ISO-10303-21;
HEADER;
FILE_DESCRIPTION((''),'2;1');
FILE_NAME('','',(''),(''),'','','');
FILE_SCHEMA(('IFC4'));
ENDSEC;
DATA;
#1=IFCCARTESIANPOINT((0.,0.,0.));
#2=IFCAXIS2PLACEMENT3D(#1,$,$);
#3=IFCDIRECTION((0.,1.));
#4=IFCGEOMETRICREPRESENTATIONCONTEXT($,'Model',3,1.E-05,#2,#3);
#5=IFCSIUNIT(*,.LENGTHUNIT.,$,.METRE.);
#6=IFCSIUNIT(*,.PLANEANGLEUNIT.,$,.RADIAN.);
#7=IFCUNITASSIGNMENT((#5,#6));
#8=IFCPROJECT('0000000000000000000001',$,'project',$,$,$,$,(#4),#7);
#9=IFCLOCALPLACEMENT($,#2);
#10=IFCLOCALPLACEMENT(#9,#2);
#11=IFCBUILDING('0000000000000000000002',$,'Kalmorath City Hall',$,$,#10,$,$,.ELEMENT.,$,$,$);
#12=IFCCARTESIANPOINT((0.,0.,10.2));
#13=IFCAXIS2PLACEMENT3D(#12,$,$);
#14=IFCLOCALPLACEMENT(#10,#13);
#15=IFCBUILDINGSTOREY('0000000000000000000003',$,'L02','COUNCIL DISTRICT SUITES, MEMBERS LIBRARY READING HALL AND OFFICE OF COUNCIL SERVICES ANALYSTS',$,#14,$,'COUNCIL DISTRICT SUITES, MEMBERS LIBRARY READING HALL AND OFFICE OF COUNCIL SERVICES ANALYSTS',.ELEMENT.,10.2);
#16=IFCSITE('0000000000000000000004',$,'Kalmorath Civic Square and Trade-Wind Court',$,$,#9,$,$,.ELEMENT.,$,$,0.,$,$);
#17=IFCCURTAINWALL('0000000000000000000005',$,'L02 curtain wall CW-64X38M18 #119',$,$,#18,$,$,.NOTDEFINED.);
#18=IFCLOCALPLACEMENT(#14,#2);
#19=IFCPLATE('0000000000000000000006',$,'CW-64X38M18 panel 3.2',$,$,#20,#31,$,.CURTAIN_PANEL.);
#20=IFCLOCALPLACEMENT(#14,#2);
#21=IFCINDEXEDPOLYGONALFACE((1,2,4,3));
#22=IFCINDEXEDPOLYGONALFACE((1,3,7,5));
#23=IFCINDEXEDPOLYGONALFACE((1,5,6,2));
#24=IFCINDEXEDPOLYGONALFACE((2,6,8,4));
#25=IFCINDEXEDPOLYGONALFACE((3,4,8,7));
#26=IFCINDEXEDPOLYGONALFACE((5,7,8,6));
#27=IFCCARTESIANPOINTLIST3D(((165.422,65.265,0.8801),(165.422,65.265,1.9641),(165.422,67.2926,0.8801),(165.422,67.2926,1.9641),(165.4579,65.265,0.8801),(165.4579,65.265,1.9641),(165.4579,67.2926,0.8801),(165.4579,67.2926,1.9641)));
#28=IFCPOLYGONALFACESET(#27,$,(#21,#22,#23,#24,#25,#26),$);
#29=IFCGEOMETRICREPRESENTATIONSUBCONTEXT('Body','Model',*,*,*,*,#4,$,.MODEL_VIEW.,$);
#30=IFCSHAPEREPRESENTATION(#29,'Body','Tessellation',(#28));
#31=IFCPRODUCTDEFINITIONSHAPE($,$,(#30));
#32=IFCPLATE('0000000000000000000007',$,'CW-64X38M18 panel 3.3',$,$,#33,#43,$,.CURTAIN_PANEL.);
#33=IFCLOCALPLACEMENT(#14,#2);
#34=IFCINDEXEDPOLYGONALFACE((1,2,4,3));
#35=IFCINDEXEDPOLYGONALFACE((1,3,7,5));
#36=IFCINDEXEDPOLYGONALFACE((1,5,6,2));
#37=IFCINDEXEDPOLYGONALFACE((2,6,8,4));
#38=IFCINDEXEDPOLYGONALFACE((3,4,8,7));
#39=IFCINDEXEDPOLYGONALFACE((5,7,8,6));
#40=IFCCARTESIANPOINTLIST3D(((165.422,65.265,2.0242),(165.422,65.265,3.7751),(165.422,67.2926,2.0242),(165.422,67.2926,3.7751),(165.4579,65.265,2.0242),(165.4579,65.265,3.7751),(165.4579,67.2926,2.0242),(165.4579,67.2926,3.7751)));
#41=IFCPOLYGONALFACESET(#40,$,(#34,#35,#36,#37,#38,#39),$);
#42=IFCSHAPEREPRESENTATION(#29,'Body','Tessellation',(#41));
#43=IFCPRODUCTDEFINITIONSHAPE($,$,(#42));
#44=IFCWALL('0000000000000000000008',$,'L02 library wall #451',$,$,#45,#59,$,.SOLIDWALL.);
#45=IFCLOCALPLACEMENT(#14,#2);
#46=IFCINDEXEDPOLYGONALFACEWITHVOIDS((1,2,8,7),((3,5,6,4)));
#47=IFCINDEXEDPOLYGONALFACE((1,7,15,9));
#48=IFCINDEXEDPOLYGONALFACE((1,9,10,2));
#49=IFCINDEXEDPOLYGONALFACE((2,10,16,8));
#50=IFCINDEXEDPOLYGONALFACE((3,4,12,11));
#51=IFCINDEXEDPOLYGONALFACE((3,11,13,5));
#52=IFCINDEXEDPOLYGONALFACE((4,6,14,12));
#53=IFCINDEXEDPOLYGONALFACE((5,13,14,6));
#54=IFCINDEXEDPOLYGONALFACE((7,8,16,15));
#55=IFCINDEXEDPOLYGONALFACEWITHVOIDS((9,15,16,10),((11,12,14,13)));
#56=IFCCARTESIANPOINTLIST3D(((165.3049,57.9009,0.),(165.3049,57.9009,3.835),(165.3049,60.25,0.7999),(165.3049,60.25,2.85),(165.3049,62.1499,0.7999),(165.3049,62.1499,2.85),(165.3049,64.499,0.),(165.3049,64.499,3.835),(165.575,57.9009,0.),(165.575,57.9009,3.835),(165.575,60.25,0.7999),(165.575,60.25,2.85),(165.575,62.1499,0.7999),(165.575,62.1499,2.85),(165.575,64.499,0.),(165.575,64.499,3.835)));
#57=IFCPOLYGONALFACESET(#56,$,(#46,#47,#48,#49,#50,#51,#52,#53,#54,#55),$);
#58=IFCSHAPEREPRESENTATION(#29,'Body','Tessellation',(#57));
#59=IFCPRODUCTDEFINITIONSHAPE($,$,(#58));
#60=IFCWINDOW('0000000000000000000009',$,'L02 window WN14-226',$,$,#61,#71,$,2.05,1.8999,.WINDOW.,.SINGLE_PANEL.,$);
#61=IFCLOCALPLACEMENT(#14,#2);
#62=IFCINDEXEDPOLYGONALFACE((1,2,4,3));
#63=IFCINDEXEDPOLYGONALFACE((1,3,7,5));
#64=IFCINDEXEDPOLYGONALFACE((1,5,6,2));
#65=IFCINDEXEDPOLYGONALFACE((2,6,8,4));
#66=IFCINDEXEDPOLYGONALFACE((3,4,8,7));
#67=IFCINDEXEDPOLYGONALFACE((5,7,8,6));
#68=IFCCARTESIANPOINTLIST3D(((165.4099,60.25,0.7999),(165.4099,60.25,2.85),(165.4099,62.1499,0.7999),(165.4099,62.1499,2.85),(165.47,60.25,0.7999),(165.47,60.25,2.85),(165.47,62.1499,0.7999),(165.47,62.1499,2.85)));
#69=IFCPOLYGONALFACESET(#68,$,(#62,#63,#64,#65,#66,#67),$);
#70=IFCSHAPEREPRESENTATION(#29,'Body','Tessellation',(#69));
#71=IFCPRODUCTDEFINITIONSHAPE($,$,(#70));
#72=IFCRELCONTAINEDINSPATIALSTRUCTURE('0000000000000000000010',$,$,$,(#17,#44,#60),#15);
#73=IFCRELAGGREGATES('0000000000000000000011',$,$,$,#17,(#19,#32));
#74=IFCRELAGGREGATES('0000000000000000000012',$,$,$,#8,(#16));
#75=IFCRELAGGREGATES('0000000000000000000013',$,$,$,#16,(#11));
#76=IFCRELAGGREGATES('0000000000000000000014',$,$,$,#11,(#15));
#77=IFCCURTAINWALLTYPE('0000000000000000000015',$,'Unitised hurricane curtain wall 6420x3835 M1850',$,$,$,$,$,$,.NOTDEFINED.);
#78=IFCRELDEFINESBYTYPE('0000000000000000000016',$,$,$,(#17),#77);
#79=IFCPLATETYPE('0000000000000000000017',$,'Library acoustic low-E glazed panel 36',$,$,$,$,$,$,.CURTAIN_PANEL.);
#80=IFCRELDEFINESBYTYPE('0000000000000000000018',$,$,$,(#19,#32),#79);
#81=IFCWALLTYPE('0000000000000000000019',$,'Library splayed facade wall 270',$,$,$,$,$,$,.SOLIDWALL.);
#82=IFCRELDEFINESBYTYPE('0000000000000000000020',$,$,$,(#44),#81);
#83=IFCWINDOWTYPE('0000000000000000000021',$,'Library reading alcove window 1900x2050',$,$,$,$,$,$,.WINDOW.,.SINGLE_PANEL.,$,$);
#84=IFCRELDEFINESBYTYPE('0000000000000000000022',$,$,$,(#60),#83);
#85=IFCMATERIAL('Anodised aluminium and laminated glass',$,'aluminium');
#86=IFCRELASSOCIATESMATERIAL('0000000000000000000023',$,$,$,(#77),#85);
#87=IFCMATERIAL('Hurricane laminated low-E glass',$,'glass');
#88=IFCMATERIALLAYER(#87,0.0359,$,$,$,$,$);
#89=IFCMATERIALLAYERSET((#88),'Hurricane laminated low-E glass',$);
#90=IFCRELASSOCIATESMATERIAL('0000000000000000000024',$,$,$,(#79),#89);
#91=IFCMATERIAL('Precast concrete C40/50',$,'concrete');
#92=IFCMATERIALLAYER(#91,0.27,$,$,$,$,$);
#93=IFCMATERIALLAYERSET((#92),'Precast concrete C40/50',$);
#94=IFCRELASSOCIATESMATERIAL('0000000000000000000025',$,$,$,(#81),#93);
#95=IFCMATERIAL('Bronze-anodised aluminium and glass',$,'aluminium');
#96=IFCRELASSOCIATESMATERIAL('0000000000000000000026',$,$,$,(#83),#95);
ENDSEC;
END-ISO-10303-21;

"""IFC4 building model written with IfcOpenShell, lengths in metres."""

from ifc_helpers import new_model, si_unit, direction, frame, frame_2d, origin, origin_2d, place, context, subcontext, project, spatial, rectangle, extrude, material, layer, layer_set, type_object, element, fill, aggregate, save


model = new_model("IFC4")

# Units and contexts
model_context = context("Model", 3, precision=1e-05, world=origin(), true_north=direction((0.0, 1.0)))
body_context = subcontext(model_context, "Body", "Model", "MODEL_VIEW")
ifc_project = project(units=[si_unit("LENGTHUNIT", "METRE"), si_unit("PLANEANGLEUNIT", "RADIAN")], contexts=[model_context])

# Site, building, storey
site_placement = place(None, origin())
site = spatial("IfcSite", under=ifc_project, at=site_placement, Name="Kalmorath Civic Square and Trade-Wind Court", CompositionType="ELEMENT", RefElevation=0.0)
building_placement = place(site_placement, origin())
building = spatial("IfcBuilding", under=site, at=building_placement, Name="Kalmorath City Hall", CompositionType="ELEMENT")
storey_placement = place(building_placement, frame((0.0, 0.0, 10.2)))
storey = spatial("IfcBuildingStorey", under=building, at=storey_placement, Name="L02", Description="COUNCIL DISTRICT SUITES, MEMBERS LIBRARY READING HALL AND OFFICE OF COUNCIL SERVICES ANALYSTS", LongName="COUNCIL DISTRICT SUITES, MEMBERS LIBRARY READING HALL AND OFFICE OF COUNCIL SERVICES ANALYSTS", CompositionType="ELEMENT", Elevation=10.2)

# Curtain wall
ifc_material_1 = material(Name="Anodised aluminium and laminated glass", Category="aluminium")
curtain_wall_type_1 = type_object("IfcCurtainWallType", Name="Unitised hurricane curtain wall 6420x3835 M1850", PredefinedType="NOTDEFINED", material=ifc_material_1)
curtain_wall_1_placement = place(storey_placement, origin())
curtain_wall_1 = element("IfcCurtainWall", 1, at=curtain_wall_1_placement, inside=storey, type_object=curtain_wall_type_1, Name="L02 curtain wall CW-64X38M18 #119", PredefinedType="NOTDEFINED")

# Plates
ifc_material_2 = material(Name="Hurricane laminated low-E glass", Category="glass")
ifc_layer_1 = layer(ifc_material_2, 0.0359)
ifc_layer_set_1 = layer_set([ifc_layer_1], Name="Hurricane laminated low-E glass")
plate_type = type_object("IfcPlateType", Name="Library acoustic low-E glazed panel 36", PredefinedType="CURTAIN_PANEL", material=ifc_layer_set_1)
plate_1_placement = place(storey_placement, frame((165.4399, 66.2788, 0.8801), z_axis=(0.0, 0.0, 1.0), x_axis=(0.0, -1.0, 0.0)))
plate_1 = element("IfcPlate", 2, at=plate_1_placement, type_object=plate_type, Name="CW-64X38M18 panel 3.2", PredefinedType="CURTAIN_PANEL", context=body_context, shape_type="SweptSolid", body=[
    extrude(rectangle(XDim=2.0276, YDim=0.0359, at=origin_2d()), origin(), (0.0, 0.0, 1.0), 1.084),
])
plate_2_placement = place(storey_placement, frame((165.4399, 66.2788, 2.0242), z_axis=(0.0, 0.0, 1.0), x_axis=(0.0, -1.0, 0.0)))
plate_2 = element("IfcPlate", 3, at=plate_2_placement, type_object=plate_type, Name="CW-64X38M18 panel 3.3", PredefinedType="CURTAIN_PANEL", context=body_context, shape_type="SweptSolid", body=[
    extrude(rectangle(XDim=2.0276, YDim=0.0359, at=origin_2d()), origin(), (0.0, 0.0, 1.0), 1.751),
])
aggregate(curtain_wall_1, [plate_1, plate_2])

# Wall, opening, window
ifc_material_3 = material(Name="Precast concrete C40/50", Category="concrete")
ifc_layer_2 = layer(ifc_material_3, 0.27)
ifc_layer_set_2 = layer_set([ifc_layer_2], Name="Precast concrete C40/50")
wall_type = type_object("IfcWallType", Name="Library splayed facade wall 270", PredefinedType="SOLIDWALL", material=ifc_layer_set_2)
wall_placement = place(storey_placement, frame((165.4399, 64.499, 0.0), z_axis=(0.0, 0.0, 1.0), x_axis=(0.0, -1.0, 0.0)))
wall = element("IfcWall", 4, at=wall_placement, inside=storey, type_object=wall_type, Name="L02 library wall #451", PredefinedType="SOLIDWALL", context=body_context, shape_type="SweptSolid", body=[
    extrude(rectangle(XDim=6.5981, YDim=0.27, at=frame_2d((3.2991, 0.0))), origin(), (0.0, 0.0, 1.0), 3.835),
])
opening_placement = place(wall_placement, frame((2.3491, 0.0, 0.8)))
opening = element("IfcOpeningElement", 5, at=opening_placement, cuts=wall, PredefinedType="OPENING", context=body_context, shape_type="SweptSolid", body=[
    extrude(rectangle(XDim=1.8999, YDim=2.05, at=frame_2d((0.95, 1.0249))), frame((0.0, 0.145, 0.0), z_axis=(0.0, -1.0, 0.0), x_axis=(1.0, 0.0, 0.0)), (0.0, 0.0, 1.0), 0.29),
])
ifc_material_4 = material(Name="Bronze-anodised aluminium and glass", Category="aluminium")
window_type = type_object("IfcWindowType", Name="Library reading alcove window 1900x2050", PartitioningType="SINGLE_PANEL", PredefinedType="WINDOW", material=ifc_material_4)
window_placement = place(opening_placement, origin())
window = element("IfcWindow", 6, at=window_placement, inside=storey, type_object=window_type, Name="L02 window WN14-226", OverallHeight=2.05, OverallWidth=1.8999, PartitioningType="SINGLE_PANEL", PredefinedType="WINDOW", context=body_context, shape_type="SweptSolid", body=[
    extrude(rectangle(XDim=1.8999, YDim=2.05, at=frame_2d((0.95, 1.0249))), frame((0.0, 0.03, 0.0), z_axis=(0.0, -1.0, 0.0), x_axis=(1.0, 0.0, 0.0)), (0.0, 0.0, 1.0), 0.0601),
])
fill(opening, window)

save(model, "model.ifc")
